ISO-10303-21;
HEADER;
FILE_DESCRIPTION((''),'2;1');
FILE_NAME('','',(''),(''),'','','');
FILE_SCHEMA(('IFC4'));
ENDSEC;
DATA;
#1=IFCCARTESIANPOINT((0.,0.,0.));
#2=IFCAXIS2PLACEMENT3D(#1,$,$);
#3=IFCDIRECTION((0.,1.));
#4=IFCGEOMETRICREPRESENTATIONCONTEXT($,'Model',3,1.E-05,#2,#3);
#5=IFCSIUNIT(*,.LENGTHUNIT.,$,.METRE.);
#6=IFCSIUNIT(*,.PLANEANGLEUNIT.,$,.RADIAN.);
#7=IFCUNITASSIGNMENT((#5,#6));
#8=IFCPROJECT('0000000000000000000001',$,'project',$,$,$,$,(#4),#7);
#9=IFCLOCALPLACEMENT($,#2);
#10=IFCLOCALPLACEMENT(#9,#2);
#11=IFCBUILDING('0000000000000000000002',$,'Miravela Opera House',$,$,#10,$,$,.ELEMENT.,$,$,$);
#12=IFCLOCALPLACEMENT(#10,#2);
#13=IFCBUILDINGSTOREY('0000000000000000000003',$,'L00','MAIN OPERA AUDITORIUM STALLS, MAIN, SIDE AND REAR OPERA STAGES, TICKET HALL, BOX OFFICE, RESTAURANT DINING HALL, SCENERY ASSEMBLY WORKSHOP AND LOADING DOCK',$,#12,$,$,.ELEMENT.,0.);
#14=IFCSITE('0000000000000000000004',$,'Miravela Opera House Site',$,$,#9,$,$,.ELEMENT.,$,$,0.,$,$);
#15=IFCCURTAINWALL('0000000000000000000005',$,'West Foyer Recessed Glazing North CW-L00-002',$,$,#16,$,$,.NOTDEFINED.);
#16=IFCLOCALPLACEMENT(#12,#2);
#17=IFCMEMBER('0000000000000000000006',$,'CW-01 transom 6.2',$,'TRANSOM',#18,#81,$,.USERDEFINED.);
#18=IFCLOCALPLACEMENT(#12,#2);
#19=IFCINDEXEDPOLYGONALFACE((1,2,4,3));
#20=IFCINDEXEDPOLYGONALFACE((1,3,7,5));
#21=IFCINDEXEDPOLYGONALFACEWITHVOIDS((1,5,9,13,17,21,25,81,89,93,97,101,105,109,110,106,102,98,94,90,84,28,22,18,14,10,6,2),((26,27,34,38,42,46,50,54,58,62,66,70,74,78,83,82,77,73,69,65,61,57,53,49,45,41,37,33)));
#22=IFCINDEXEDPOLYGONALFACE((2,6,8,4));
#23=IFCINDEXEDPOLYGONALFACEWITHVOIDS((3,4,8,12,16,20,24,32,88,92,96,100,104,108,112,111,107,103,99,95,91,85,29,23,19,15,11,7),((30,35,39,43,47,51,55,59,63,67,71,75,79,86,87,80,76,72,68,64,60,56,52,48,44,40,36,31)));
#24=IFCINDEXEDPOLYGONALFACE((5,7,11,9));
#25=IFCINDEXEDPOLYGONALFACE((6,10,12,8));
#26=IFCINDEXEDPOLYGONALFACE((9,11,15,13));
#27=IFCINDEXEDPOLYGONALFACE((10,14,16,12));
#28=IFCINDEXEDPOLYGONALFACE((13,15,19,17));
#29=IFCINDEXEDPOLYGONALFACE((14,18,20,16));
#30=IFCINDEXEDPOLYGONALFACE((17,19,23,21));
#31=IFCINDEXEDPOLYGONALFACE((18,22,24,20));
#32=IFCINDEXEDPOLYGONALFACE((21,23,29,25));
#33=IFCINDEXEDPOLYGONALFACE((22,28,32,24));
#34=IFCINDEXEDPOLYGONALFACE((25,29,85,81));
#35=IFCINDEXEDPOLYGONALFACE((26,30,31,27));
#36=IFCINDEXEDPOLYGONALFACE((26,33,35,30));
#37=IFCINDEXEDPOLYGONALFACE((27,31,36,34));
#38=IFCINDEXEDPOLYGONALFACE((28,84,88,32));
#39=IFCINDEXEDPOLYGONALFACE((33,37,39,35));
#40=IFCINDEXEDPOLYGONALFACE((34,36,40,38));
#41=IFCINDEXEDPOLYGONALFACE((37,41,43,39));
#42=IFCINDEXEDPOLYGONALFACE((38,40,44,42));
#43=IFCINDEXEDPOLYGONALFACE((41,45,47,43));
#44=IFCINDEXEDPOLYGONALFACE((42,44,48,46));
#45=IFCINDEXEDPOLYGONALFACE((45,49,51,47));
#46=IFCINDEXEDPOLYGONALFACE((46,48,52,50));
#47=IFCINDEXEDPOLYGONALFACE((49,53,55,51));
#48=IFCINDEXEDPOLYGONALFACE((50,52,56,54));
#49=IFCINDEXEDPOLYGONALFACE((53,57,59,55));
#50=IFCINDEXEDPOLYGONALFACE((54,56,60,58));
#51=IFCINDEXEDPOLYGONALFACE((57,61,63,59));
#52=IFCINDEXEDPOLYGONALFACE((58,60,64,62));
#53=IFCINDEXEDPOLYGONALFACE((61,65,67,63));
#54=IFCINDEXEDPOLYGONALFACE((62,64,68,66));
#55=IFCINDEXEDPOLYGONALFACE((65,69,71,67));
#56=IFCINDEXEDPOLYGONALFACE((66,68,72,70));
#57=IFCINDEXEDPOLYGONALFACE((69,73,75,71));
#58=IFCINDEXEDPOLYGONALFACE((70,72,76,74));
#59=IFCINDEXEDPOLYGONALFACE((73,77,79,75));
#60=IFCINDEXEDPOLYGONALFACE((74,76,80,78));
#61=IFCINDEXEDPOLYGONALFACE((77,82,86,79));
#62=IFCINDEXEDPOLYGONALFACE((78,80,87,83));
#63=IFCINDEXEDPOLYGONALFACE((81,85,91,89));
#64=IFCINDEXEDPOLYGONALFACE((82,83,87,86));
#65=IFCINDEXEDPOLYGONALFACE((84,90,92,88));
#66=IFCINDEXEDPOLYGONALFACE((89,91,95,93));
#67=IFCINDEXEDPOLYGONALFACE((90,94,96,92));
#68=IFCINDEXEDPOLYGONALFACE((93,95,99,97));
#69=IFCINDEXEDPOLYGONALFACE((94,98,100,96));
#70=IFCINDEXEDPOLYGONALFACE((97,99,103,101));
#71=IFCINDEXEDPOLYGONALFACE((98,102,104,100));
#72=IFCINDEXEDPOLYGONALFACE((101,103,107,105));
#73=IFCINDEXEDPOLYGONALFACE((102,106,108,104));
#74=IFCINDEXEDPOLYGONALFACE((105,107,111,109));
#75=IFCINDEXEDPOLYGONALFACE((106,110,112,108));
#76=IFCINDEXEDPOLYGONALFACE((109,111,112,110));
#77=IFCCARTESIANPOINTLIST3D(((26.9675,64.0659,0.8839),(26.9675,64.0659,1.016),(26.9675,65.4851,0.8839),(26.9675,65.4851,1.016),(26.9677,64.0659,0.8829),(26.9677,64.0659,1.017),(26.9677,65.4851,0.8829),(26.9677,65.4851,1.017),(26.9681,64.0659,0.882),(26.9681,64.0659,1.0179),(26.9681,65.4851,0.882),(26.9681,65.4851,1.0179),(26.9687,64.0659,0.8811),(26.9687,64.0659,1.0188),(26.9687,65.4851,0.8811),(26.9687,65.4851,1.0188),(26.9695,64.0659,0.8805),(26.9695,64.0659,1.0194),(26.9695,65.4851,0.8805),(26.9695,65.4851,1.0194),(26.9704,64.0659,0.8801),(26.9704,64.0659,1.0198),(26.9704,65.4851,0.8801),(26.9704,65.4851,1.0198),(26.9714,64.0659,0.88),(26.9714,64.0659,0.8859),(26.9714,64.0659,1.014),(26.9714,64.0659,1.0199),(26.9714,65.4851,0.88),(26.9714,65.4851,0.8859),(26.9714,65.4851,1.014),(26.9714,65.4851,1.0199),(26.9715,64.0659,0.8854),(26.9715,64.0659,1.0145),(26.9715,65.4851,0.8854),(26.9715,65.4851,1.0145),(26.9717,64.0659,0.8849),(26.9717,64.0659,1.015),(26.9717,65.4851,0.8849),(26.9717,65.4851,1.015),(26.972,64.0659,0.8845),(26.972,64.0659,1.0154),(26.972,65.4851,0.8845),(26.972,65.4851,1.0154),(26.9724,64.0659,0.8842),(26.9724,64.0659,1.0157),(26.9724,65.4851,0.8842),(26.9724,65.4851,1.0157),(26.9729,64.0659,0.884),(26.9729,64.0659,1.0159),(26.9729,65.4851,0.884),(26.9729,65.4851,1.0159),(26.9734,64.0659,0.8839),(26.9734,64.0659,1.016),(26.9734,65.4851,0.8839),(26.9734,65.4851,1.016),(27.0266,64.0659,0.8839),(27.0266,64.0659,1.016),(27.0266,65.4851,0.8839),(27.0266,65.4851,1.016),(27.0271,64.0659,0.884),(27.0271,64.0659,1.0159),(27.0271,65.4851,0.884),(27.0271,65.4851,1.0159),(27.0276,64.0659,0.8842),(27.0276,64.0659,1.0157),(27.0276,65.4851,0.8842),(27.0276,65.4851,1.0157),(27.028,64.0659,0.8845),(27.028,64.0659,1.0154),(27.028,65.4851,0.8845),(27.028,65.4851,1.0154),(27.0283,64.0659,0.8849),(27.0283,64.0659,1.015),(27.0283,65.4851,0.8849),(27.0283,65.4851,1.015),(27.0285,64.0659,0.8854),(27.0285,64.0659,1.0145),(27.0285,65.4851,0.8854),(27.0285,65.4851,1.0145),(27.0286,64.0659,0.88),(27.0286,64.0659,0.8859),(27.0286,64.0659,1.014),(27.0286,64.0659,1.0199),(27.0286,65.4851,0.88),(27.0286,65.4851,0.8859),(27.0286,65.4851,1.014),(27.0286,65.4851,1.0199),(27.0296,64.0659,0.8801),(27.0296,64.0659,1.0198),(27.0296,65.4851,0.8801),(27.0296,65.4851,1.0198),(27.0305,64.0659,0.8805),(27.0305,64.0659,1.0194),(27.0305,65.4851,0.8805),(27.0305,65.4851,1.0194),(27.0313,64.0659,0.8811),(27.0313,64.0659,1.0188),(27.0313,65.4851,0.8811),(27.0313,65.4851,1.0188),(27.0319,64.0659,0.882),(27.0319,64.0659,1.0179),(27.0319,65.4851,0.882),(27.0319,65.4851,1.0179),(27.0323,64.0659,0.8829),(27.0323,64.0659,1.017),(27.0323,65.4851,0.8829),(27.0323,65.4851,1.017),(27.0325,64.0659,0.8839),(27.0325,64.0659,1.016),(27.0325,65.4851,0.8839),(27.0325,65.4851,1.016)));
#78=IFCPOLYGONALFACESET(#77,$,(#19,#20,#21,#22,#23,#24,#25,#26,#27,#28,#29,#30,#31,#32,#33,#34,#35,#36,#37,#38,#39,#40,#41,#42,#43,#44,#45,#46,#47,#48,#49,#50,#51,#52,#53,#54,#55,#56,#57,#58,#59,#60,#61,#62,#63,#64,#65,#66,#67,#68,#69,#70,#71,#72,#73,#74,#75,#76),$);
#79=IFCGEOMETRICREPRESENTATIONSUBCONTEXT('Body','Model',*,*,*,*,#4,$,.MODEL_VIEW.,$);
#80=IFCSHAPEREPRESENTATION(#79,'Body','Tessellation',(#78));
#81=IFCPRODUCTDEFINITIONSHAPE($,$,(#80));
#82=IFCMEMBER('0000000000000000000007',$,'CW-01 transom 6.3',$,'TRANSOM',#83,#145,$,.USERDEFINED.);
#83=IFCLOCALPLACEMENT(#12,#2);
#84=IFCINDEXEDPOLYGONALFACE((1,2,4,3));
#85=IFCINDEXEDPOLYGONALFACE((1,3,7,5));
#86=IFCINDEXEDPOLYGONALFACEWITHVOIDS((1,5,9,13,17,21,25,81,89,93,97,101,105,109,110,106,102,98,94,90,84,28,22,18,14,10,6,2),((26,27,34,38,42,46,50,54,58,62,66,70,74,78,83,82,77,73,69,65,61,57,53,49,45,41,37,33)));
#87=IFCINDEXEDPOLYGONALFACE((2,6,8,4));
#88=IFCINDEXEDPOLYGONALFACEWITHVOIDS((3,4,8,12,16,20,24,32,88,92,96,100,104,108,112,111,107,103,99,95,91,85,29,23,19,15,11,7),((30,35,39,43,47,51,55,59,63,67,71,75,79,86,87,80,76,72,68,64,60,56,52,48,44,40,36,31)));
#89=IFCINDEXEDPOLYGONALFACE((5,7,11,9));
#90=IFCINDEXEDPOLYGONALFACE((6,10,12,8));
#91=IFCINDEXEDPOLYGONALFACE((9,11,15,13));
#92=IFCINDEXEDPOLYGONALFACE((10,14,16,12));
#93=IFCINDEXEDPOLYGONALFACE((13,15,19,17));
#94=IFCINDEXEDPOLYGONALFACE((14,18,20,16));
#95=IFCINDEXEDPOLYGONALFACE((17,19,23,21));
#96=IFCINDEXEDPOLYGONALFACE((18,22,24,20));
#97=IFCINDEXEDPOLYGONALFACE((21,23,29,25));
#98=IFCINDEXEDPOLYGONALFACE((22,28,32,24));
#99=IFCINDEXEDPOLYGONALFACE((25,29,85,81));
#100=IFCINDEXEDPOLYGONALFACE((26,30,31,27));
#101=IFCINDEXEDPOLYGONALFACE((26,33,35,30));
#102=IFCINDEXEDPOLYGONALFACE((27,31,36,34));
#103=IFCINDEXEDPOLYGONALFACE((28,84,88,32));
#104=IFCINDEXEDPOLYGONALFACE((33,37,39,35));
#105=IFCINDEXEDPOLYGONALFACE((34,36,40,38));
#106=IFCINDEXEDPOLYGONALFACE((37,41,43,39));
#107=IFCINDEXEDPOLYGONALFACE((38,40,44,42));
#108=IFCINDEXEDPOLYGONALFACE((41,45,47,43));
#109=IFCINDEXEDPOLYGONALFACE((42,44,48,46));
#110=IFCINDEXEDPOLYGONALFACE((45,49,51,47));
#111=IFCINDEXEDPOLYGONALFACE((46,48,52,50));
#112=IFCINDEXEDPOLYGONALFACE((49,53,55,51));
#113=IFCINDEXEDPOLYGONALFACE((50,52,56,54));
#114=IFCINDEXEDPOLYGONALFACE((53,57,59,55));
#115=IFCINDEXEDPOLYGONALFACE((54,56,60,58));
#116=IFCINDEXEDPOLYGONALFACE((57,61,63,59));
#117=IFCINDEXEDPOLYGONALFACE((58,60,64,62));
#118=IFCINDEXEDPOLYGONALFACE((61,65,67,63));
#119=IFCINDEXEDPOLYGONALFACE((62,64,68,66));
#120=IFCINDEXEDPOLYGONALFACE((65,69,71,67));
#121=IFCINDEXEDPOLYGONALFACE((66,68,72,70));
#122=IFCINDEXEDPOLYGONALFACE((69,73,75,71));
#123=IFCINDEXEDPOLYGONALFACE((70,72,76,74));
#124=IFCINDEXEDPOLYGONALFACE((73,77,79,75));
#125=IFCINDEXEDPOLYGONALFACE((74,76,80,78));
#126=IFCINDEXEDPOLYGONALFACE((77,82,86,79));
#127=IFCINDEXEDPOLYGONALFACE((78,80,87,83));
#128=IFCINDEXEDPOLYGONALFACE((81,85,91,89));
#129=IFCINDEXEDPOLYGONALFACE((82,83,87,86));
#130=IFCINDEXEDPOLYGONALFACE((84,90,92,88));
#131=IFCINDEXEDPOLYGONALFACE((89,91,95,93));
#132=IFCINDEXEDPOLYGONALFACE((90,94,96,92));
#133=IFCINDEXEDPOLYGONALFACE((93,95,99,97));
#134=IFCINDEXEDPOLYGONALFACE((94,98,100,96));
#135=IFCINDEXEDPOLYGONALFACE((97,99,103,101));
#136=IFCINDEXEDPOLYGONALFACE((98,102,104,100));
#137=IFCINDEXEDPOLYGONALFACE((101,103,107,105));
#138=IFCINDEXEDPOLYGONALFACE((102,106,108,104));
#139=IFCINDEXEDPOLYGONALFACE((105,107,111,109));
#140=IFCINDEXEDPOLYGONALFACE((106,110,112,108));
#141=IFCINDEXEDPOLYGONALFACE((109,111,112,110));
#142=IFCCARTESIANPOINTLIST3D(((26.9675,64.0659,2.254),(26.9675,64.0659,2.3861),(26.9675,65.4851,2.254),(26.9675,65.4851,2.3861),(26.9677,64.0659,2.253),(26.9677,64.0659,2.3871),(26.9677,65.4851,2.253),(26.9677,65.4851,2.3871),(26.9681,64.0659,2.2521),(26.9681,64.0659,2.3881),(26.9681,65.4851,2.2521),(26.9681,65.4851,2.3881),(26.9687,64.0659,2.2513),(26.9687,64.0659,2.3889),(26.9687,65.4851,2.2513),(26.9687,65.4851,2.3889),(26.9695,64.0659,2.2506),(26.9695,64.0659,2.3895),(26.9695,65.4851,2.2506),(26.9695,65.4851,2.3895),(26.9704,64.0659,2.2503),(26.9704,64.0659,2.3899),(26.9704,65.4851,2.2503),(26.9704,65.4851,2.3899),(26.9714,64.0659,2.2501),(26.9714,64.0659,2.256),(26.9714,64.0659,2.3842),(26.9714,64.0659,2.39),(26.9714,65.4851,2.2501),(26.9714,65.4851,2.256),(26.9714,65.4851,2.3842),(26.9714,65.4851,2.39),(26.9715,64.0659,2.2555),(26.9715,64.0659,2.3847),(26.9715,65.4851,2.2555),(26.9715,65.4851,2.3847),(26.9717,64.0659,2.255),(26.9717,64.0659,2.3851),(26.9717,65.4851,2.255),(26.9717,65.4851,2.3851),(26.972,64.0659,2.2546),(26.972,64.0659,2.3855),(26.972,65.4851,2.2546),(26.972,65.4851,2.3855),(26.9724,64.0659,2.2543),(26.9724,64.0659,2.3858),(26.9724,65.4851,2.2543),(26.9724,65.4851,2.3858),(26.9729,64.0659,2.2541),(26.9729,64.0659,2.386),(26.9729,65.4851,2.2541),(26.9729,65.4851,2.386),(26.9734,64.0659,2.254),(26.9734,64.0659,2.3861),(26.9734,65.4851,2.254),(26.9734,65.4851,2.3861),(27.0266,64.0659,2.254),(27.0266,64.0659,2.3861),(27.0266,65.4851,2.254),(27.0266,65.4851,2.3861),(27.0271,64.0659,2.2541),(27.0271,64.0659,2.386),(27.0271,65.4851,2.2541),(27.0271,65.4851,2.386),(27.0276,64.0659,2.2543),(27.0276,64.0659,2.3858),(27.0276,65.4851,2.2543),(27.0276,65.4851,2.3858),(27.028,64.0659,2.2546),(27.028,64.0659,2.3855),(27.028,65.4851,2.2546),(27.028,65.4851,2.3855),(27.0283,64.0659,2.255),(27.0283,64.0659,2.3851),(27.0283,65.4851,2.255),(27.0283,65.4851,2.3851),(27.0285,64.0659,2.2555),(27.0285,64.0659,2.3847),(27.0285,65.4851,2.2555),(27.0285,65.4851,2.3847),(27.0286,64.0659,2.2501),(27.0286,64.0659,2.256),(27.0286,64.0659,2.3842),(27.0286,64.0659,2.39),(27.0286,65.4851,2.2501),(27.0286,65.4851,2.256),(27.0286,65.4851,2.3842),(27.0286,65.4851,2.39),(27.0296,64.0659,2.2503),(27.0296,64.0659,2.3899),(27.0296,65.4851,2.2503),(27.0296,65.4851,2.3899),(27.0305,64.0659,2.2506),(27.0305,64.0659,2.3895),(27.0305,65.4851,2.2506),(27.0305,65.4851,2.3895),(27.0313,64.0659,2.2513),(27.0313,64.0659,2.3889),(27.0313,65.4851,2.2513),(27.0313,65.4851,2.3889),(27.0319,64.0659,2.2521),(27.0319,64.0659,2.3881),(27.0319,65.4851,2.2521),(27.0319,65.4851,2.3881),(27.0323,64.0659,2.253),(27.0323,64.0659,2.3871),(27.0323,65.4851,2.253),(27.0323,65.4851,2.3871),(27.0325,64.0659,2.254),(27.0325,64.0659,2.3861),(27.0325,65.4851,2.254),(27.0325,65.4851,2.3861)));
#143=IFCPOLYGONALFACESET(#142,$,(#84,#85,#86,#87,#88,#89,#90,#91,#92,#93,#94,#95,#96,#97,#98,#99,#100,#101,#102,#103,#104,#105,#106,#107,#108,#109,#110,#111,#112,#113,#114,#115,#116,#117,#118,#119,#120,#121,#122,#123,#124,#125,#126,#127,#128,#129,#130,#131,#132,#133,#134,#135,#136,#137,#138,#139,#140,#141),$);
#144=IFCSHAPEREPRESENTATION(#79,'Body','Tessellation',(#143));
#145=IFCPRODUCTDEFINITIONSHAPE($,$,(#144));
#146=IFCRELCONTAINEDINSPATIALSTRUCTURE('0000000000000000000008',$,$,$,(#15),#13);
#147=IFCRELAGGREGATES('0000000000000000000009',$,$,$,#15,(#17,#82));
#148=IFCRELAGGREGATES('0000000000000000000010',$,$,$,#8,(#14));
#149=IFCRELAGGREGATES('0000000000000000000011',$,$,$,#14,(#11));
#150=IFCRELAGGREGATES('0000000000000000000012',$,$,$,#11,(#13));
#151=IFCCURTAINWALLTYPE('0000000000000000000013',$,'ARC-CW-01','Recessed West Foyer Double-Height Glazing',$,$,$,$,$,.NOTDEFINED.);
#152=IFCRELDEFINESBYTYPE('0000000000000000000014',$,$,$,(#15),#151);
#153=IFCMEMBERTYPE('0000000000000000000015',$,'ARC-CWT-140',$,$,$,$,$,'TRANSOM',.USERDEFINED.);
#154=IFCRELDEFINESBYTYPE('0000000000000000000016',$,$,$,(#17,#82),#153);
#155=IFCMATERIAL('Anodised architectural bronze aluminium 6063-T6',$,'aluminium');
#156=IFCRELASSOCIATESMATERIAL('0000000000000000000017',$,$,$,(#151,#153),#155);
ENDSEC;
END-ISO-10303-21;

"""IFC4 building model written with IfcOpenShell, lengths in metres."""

from ifc_helpers import new_model, si_unit, direction, frame, origin, origin_2d, place, context, subcontext, project, spatial, hollow_rectangle, extrude, material, material_profile, profile_set, type_object, element, aggregate, save


model = new_model("IFC4")

# Units and contexts
model_context = context("Model", 3, precision=1e-05, world=origin(), true_north=direction((0.0, 1.0)))
body_context = subcontext(model_context, "Body", "Model", "MODEL_VIEW")
ifc_project = project(units=[si_unit("LENGTHUNIT", "METRE"), si_unit("PLANEANGLEUNIT", "RADIAN")], contexts=[model_context])

# Site, building, storey
site_placement = place(None, origin())
site = spatial("IfcSite", under=ifc_project, at=site_placement, Name="Miravela Opera House Site", CompositionType="ELEMENT", RefElevation=0.0)
building_placement = place(site_placement, origin())
building = spatial("IfcBuilding", under=site, at=building_placement, Name="Miravela Opera House", CompositionType="ELEMENT")
storey_placement = place(building_placement, origin())
storey = spatial("IfcBuildingStorey", under=building, at=storey_placement, Name="L00", Description="MAIN OPERA AUDITORIUM STALLS, MAIN, SIDE AND REAR OPERA STAGES, TICKET HALL, BOX OFFICE, RESTAURANT DINING HALL, SCENERY ASSEMBLY WORKSHOP AND LOADING DOCK", CompositionType="ELEMENT", Elevation=0.0)

# Curtain wall, members
ifc_material_1 = material(Name="Anodised architectural bronze aluminium 6063-T6", Category="aluminium")
curtain_wall_type = type_object("IfcCurtainWallType", Name="ARC-CW-01", Description="Recessed West Foyer Double-Height Glazing", PredefinedType="NOTDEFINED", material=ifc_material_1)
curtain_wall_placement = place(storey_placement, origin())
curtain_wall = element("IfcCurtainWall", 1, at=curtain_wall_placement, inside=storey, type_object=curtain_wall_type, Name="West Foyer Recessed Glazing North CW-L00-002", PredefinedType="NOTDEFINED")
ifc_material_profile_1 = material_profile(ifc_material_1, hollow_rectangle(XDim=0.0649, YDim=0.1399, WallThickness=0.0039, InnerFilletRadius=0.002, OuterFilletRadius=0.0039, at=origin_2d()), Name="CWT-65X140")
ifc_profile_set_1 = profile_set([ifc_material_profile_1])
member_type_1 = type_object("IfcMemberType", Name="ARC-CWT-140", ElementType="TRANSOM", PredefinedType="USERDEFINED", material=ifc_profile_set_1)
member_1_placement = place(storey_placement, frame((27.0, 64.0659, 0.95), z_axis=(0.0, 1.0, 0.0), x_axis=(-1.0, 0.0, 0.0)))
member_1 = element("IfcMember", 2, at=member_1_placement, type_object=member_type_1, Name="CW-01 transom 6.2", ObjectType="TRANSOM", PredefinedType="USERDEFINED", context=body_context, shape_type="SweptSolid", body=[
    extrude(hollow_rectangle(XDim=0.0649, YDim=0.1399, WallThickness=0.0039, InnerFilletRadius=0.002, OuterFilletRadius=0.0039, at=origin_2d()), origin(), (0.0, 0.0, 1.0), 1.4192),
])
member_2_placement = place(storey_placement, frame((27.0, 64.0659, 2.3201), z_axis=(0.0, 1.0, 0.0), x_axis=(-1.0, 0.0, 0.0)))
member_2 = element("IfcMember", 3, at=member_2_placement, type_object=member_type_1, Name="CW-01 transom 6.3", ObjectType="TRANSOM", PredefinedType="USERDEFINED", context=body_context, shape_type="SweptSolid", body=[
    extrude(hollow_rectangle(XDim=0.0649, YDim=0.1399, WallThickness=0.0039, InnerFilletRadius=0.002, OuterFilletRadius=0.0039, at=origin_2d()), origin(), (0.0, 0.0, 1.0), 1.4192),
])

aggregate(curtain_wall, [member_1, member_2])

save(model, "model.ifc")
